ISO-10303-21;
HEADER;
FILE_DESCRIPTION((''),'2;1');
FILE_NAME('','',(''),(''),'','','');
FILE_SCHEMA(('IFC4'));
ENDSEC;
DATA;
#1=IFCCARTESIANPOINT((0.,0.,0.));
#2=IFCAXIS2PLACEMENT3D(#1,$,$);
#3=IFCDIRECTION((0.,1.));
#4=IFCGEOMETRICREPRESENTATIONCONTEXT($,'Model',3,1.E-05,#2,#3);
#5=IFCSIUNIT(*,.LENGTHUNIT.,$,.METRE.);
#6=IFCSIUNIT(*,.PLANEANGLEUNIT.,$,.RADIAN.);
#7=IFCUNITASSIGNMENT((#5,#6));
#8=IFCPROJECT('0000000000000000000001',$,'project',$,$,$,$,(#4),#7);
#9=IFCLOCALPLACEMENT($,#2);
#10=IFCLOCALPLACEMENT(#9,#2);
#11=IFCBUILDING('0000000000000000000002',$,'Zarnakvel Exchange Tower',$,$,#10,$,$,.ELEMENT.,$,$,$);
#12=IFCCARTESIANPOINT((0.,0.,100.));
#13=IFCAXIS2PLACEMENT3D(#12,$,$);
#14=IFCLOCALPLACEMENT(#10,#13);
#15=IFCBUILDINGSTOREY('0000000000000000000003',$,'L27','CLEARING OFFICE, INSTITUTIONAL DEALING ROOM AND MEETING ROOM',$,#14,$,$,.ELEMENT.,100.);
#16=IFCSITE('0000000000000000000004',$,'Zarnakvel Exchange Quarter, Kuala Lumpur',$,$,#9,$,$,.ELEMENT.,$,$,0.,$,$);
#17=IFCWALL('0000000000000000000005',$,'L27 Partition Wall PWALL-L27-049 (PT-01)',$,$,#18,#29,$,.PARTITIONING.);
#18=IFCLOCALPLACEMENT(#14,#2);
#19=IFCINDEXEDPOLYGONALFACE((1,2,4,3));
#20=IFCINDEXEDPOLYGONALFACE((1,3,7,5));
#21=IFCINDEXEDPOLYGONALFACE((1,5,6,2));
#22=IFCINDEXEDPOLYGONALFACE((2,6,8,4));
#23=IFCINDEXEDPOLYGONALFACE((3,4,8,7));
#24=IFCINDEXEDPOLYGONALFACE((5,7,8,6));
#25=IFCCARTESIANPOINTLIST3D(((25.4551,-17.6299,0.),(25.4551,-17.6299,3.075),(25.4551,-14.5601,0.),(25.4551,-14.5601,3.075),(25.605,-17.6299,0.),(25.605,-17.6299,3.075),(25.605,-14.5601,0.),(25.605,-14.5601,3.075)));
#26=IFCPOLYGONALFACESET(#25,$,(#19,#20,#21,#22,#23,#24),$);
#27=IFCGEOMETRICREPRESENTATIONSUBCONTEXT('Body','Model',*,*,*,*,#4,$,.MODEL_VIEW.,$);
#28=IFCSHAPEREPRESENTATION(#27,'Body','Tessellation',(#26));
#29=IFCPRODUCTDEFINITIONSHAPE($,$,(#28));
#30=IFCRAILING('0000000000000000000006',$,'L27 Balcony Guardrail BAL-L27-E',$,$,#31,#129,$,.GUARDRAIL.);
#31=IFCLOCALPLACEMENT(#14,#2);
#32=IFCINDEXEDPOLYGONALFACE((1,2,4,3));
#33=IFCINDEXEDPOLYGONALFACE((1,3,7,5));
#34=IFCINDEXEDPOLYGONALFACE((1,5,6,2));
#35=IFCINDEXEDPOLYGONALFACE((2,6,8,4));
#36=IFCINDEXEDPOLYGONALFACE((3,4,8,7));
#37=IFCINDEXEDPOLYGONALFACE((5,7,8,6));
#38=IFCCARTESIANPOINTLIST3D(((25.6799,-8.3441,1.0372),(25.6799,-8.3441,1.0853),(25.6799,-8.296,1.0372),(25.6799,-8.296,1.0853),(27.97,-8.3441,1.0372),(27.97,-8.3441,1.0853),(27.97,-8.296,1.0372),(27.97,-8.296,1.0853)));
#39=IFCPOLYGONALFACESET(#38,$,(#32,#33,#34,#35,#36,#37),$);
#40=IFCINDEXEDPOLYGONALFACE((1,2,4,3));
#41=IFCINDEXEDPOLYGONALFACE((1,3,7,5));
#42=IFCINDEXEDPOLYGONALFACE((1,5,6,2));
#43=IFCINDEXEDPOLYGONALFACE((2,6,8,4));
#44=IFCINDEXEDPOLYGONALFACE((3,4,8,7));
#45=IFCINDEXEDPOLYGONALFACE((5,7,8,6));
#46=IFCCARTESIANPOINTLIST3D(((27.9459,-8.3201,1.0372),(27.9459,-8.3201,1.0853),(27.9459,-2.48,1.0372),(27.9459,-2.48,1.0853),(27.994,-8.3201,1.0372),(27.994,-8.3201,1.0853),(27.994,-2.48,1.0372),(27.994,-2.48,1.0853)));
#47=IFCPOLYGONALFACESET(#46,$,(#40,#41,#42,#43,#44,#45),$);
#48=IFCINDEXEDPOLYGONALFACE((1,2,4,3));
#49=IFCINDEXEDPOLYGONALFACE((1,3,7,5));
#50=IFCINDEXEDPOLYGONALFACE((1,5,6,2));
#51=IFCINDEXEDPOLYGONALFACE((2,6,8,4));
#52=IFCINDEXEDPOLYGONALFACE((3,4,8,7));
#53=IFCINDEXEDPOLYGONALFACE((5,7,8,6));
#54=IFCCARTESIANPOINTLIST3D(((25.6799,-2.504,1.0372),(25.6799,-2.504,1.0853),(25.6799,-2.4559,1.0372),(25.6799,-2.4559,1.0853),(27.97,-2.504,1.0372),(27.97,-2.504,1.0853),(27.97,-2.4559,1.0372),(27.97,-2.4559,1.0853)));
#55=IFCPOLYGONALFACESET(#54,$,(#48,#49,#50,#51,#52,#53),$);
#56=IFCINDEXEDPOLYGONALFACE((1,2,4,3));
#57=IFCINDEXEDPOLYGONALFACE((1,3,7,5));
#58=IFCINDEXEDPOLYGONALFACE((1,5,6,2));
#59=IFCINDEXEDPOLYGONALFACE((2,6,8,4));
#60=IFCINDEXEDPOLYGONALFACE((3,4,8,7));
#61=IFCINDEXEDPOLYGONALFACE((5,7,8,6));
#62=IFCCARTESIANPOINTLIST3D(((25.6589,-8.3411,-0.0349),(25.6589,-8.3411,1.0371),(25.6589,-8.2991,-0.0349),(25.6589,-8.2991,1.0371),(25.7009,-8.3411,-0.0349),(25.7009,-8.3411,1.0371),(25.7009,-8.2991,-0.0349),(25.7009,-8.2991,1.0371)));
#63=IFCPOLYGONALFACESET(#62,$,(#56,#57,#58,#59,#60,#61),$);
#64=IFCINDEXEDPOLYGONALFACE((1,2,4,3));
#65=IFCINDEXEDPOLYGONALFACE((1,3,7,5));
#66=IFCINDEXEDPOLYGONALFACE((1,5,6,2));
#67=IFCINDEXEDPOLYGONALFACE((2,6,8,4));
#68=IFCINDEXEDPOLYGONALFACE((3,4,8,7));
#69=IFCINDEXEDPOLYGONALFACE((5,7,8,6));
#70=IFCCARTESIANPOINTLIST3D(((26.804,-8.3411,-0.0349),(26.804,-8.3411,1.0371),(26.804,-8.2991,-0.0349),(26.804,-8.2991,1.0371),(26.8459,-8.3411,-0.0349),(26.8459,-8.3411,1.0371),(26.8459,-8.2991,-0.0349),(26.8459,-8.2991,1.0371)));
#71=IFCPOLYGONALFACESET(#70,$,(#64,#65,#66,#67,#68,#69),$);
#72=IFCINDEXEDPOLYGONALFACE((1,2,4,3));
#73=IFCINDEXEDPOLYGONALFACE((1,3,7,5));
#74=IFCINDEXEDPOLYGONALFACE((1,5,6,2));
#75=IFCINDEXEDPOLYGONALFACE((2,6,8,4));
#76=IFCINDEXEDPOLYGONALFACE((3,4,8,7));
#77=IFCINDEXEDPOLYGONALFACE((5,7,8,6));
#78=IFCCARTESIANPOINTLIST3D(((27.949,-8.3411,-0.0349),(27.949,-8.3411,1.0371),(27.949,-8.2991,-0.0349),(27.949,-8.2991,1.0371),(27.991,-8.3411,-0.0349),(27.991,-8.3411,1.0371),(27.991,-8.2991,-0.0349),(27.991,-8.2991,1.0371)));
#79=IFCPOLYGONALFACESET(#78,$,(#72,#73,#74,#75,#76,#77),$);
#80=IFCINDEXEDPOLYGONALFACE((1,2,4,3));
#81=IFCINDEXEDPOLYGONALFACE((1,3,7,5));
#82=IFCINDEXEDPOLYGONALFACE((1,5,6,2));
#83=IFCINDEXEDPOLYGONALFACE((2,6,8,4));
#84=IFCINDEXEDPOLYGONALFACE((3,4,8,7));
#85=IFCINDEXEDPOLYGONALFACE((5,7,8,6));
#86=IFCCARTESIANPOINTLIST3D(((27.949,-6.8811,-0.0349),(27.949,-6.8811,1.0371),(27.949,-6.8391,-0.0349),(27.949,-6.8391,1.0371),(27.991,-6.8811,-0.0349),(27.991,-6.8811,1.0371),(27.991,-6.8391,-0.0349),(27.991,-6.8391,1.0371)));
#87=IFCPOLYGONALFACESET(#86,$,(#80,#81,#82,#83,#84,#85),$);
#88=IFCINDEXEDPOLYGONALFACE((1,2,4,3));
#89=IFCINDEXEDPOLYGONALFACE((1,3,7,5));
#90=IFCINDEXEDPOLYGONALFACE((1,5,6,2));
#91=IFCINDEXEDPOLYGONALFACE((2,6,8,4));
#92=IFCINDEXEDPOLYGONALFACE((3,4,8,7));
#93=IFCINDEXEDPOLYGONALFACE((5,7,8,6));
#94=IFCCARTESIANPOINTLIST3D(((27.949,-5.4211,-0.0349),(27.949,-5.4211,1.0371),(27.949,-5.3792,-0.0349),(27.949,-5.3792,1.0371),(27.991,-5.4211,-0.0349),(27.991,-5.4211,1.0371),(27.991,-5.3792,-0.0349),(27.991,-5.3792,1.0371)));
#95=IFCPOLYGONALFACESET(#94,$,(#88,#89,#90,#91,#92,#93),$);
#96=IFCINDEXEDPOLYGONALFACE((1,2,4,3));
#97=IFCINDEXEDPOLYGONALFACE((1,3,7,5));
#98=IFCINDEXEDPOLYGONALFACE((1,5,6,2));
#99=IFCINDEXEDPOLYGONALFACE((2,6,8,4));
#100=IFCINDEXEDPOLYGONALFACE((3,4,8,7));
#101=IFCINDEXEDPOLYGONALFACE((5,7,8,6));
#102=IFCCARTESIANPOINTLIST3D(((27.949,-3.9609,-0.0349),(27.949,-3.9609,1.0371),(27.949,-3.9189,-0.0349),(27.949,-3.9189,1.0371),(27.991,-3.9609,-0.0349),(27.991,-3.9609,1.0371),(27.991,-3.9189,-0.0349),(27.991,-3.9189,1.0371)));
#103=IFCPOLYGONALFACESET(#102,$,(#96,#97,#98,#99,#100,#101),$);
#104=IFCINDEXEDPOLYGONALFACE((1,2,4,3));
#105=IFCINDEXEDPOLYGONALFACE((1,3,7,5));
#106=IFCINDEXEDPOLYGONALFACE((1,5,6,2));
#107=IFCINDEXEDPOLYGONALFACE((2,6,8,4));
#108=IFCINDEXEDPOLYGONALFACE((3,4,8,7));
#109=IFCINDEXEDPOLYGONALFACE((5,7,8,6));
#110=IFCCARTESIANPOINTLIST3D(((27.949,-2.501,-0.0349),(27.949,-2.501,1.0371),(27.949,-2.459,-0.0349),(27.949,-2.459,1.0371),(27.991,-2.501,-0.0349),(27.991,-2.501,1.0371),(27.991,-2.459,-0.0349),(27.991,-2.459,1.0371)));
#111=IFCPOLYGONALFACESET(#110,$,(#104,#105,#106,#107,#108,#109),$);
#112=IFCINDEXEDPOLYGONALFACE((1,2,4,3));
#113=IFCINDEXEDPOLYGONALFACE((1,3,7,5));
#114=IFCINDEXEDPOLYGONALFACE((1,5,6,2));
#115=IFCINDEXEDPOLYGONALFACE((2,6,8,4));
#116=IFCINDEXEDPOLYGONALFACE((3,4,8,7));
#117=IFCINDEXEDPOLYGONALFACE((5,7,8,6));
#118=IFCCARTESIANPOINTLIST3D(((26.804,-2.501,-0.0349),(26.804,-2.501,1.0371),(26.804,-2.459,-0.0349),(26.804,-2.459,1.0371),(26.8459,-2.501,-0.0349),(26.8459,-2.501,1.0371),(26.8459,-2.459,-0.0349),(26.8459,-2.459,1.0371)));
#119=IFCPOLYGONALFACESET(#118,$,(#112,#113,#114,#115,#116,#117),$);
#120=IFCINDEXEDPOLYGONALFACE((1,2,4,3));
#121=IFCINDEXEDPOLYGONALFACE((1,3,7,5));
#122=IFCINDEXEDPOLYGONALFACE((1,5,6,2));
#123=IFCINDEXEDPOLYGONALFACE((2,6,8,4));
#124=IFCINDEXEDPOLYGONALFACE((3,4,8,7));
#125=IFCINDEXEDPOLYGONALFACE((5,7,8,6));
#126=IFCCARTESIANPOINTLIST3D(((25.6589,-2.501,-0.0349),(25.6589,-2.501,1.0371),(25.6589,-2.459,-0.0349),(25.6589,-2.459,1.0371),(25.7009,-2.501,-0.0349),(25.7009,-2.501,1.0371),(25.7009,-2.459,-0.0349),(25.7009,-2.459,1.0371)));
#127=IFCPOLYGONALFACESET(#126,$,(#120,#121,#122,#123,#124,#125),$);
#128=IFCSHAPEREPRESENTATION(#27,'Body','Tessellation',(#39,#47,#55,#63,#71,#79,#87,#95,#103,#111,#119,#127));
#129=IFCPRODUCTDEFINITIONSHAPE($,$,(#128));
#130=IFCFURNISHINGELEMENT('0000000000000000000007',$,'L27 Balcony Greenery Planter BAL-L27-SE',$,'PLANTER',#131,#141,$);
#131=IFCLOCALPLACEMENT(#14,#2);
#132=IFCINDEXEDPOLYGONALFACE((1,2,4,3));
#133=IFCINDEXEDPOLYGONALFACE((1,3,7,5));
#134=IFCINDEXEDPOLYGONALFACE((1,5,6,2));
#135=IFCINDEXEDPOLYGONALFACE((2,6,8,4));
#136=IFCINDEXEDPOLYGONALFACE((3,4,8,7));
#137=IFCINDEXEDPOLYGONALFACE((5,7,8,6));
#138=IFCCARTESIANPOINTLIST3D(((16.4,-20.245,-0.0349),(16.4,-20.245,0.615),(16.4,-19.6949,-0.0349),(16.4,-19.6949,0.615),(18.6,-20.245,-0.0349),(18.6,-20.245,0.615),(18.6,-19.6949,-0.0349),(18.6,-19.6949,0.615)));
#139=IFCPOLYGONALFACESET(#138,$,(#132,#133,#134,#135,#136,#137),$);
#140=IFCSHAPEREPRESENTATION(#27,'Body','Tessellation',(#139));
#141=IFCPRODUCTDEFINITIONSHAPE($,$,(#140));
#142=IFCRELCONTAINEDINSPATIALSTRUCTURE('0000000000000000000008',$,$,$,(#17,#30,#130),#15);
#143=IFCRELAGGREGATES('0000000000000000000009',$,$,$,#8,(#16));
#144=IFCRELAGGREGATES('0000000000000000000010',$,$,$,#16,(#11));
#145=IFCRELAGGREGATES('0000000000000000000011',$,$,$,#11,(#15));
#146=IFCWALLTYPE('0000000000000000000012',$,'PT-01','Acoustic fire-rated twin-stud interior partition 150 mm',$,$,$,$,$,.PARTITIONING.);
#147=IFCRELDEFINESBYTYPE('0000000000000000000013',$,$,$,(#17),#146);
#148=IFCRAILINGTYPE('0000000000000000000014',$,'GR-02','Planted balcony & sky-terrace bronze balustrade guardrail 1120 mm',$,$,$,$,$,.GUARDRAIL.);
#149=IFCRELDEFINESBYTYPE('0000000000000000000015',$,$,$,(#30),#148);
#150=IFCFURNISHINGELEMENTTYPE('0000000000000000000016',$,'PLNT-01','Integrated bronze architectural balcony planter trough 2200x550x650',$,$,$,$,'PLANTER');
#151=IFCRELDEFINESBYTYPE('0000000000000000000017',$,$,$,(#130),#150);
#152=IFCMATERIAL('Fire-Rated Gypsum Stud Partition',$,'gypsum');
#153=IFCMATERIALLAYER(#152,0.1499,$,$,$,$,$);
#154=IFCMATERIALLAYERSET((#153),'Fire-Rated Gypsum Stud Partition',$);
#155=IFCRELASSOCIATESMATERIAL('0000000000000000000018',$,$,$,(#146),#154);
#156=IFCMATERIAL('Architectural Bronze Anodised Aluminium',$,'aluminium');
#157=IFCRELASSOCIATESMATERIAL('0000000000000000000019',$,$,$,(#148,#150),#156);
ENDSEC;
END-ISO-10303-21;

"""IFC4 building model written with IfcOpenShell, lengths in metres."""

from ifc_helpers import new_model, si_unit, direction, frame, frame_2d, origin, origin_2d, place, context, subcontext, project, spatial, rectangle, extrude, source, transform, mapped, material, layer, layer_set, type_object, element, save


model = new_model("IFC4")

# Units and contexts
model_context = context("Model", 3, precision=1e-05, world=origin(), true_north=direction((0.0, 1.0)))
body_context = subcontext(model_context, "Body", "Model", "MODEL_VIEW")
ifc_project = project(units=[si_unit("LENGTHUNIT", "METRE"), si_unit("PLANEANGLEUNIT", "RADIAN")], contexts=[model_context])

# Site, building, storey
site_placement = place(None, origin())
site = spatial("IfcSite", under=ifc_project, at=site_placement, Name="Zarnakvel Exchange Quarter, Kuala Lumpur", CompositionType="ELEMENT", RefElevation=0.0)
building_placement = place(site_placement, origin())
building = spatial("IfcBuilding", under=site, at=building_placement, Name="Zarnakvel Exchange Tower", CompositionType="ELEMENT")
storey_placement = place(building_placement, frame((0.0, 0.0, 100.0)))
storey = spatial("IfcBuildingStorey", under=building, at=storey_placement, Name="L27", Description="CLEARING OFFICE, INSTITUTIONAL DEALING ROOM AND MEETING ROOM", CompositionType="ELEMENT", Elevation=100.0)

# Shared definitions
ifc_material_1 = material(Name="Architectural Bronze Anodised Aluminium", Category="aluminium")

# Shared definitions
ifc_material_2 = material(Name="Fire-Rated Gypsum Stud Partition", Category="gypsum")
ifc_layer_1 = layer(ifc_material_2, 0.1499)
ifc_layer_set_1 = layer_set([ifc_layer_1], Name="Fire-Rated Gypsum Stud Partition")
wall_type_1 = type_object("IfcWallType", Name="PT-01", Description="Acoustic fire-rated twin-stud interior partition 150 mm", PredefinedType="PARTITIONING", material=ifc_layer_set_1)

# Wall
wall_1_placement = place(storey_placement, frame((25.53, -14.5601, 0.0), z_axis=(0.0, 0.0, 1.0), x_axis=(0.0, -1.0, 0.0)))
element("IfcWall", 1, at=wall_1_placement, inside=storey, type_object=wall_type_1, Name="L27 Partition Wall PWALL-L27-049 (PT-01)", PredefinedType="PARTITIONING", context=body_context, shape_type="SweptSolid", body=[
    extrude(rectangle(XDim=3.0698, YDim=0.1499, at=frame_2d((1.5349, 0.0))), origin(), (0.0, 0.0, 1.0), 3.075),
])

# Railing
railing_type = type_object("IfcRailingType", Name="GR-02", Description="Planted balcony & sky-terrace bronze balustrade guardrail 1120 mm", PredefinedType="GUARDRAIL", material=ifc_material_1)
railing_placement = place(storey_placement, frame((25.6799, -8.3201, -0.0349)))
element("IfcRailing", 2, at=railing_placement, inside=storey, type_object=railing_type, Name="L27 Balcony Guardrail BAL-L27-E", PredefinedType="GUARDRAIL", context=body_context, shape_type="SweptSolid", body=[
    extrude(rectangle(XDim=0.0481, YDim=0.0481, at=origin_2d()), frame((0.0, 0.0, 1.0962), z_axis=(1.0, 0.0, 0.0), x_axis=(0.0, 1.0, 0.0)), (0.0, 0.0, 1.0), 2.29),
    extrude(rectangle(XDim=0.0481, YDim=0.0481, at=origin_2d()), frame((2.29, 0.0, 1.0962), z_axis=(0.0, 1.0, 0.0), x_axis=(-1.0, 0.0, 0.0)), (0.0, 0.0, 1.0), 5.8401),
    extrude(rectangle(XDim=0.0481, YDim=0.0481, at=origin_2d()), frame((2.29, 5.8401, 1.0962), z_axis=(-1.0, 0.0, 0.0), x_axis=(0.0, -1.0, 0.0)), (0.0, 0.0, 1.0), 2.29),
    extrude(rectangle(XDim=0.042, YDim=0.042, at=origin_2d()), origin(), (0.0, 0.0, 1.0), 1.072),
    extrude(rectangle(XDim=0.042, YDim=0.042, at=origin_2d()), frame((1.145, 0.0, 0.0)), (0.0, 0.0, 1.0), 1.072),
    extrude(rectangle(XDim=0.042, YDim=0.042, at=origin_2d()), frame((2.29, 0.0, 0.0)), (0.0, 0.0, 1.0), 1.072),
    extrude(rectangle(XDim=0.042, YDim=0.042, at=origin_2d()), frame((2.29, 1.46, 0.0)), (0.0, 0.0, 1.0), 1.072),
    extrude(rectangle(XDim=0.042, YDim=0.042, at=origin_2d()), frame((2.29, 2.9199, 0.0)), (0.0, 0.0, 1.0), 1.072),
    extrude(rectangle(XDim=0.042, YDim=0.042, at=origin_2d()), frame((2.29, 4.3801, 0.0)), (0.0, 0.0, 1.0), 1.072),
    extrude(rectangle(XDim=0.042, YDim=0.042, at=origin_2d()), frame((2.29, 5.8401, 0.0)), (0.0, 0.0, 1.0), 1.072),
    extrude(rectangle(XDim=0.042, YDim=0.042, at=origin_2d()), frame((1.145, 5.8401, 0.0)), (0.0, 0.0, 1.0), 1.072),
    extrude(rectangle(XDim=0.042, YDim=0.042, at=origin_2d()), frame((0.0, 5.8401, 0.0)), (0.0, 0.0, 1.0), 1.072),
])

# Furnishing element
furnishing_element_type = type_object("IfcFurnishingElementType", Name="PLNT-01", Description="Integrated bronze architectural balcony planter trough 2200x550x650", ElementType="PLANTER", material=ifc_material_1)
shared_shape_1 = source(origin(), body_context, "Body", "SweptSolid", [
    extrude(rectangle(XDim=2.2, YDim=0.55, at=origin_2d()), origin(), (0.0, 0.0, 1.0), 0.6499),
])
furnishing_placement = place(storey_placement, frame((17.5, -19.97, -0.0349), z_axis=(0.0, 0.0, 1.0), x_axis=(1.0, 0.0, 0.0)))
element("IfcFurnishingElement", 3, at=furnishing_placement, inside=storey, type_object=furnishing_element_type, Name="L27 Balcony Greenery Planter BAL-L27-SE", ObjectType="PLANTER", context=body_context, shape_type="MappedRepresentation", body=[
    mapped(shared_shape_1, transform((0.0, 0.0, 0.0), x_axis=(1.0, 0.0, 0.0), y_axis=(0.0, 1.0, 0.0), z_axis=(0.0, 0.0, 1.0), scale=1.0)),
])

save(model, "model.ifc")
